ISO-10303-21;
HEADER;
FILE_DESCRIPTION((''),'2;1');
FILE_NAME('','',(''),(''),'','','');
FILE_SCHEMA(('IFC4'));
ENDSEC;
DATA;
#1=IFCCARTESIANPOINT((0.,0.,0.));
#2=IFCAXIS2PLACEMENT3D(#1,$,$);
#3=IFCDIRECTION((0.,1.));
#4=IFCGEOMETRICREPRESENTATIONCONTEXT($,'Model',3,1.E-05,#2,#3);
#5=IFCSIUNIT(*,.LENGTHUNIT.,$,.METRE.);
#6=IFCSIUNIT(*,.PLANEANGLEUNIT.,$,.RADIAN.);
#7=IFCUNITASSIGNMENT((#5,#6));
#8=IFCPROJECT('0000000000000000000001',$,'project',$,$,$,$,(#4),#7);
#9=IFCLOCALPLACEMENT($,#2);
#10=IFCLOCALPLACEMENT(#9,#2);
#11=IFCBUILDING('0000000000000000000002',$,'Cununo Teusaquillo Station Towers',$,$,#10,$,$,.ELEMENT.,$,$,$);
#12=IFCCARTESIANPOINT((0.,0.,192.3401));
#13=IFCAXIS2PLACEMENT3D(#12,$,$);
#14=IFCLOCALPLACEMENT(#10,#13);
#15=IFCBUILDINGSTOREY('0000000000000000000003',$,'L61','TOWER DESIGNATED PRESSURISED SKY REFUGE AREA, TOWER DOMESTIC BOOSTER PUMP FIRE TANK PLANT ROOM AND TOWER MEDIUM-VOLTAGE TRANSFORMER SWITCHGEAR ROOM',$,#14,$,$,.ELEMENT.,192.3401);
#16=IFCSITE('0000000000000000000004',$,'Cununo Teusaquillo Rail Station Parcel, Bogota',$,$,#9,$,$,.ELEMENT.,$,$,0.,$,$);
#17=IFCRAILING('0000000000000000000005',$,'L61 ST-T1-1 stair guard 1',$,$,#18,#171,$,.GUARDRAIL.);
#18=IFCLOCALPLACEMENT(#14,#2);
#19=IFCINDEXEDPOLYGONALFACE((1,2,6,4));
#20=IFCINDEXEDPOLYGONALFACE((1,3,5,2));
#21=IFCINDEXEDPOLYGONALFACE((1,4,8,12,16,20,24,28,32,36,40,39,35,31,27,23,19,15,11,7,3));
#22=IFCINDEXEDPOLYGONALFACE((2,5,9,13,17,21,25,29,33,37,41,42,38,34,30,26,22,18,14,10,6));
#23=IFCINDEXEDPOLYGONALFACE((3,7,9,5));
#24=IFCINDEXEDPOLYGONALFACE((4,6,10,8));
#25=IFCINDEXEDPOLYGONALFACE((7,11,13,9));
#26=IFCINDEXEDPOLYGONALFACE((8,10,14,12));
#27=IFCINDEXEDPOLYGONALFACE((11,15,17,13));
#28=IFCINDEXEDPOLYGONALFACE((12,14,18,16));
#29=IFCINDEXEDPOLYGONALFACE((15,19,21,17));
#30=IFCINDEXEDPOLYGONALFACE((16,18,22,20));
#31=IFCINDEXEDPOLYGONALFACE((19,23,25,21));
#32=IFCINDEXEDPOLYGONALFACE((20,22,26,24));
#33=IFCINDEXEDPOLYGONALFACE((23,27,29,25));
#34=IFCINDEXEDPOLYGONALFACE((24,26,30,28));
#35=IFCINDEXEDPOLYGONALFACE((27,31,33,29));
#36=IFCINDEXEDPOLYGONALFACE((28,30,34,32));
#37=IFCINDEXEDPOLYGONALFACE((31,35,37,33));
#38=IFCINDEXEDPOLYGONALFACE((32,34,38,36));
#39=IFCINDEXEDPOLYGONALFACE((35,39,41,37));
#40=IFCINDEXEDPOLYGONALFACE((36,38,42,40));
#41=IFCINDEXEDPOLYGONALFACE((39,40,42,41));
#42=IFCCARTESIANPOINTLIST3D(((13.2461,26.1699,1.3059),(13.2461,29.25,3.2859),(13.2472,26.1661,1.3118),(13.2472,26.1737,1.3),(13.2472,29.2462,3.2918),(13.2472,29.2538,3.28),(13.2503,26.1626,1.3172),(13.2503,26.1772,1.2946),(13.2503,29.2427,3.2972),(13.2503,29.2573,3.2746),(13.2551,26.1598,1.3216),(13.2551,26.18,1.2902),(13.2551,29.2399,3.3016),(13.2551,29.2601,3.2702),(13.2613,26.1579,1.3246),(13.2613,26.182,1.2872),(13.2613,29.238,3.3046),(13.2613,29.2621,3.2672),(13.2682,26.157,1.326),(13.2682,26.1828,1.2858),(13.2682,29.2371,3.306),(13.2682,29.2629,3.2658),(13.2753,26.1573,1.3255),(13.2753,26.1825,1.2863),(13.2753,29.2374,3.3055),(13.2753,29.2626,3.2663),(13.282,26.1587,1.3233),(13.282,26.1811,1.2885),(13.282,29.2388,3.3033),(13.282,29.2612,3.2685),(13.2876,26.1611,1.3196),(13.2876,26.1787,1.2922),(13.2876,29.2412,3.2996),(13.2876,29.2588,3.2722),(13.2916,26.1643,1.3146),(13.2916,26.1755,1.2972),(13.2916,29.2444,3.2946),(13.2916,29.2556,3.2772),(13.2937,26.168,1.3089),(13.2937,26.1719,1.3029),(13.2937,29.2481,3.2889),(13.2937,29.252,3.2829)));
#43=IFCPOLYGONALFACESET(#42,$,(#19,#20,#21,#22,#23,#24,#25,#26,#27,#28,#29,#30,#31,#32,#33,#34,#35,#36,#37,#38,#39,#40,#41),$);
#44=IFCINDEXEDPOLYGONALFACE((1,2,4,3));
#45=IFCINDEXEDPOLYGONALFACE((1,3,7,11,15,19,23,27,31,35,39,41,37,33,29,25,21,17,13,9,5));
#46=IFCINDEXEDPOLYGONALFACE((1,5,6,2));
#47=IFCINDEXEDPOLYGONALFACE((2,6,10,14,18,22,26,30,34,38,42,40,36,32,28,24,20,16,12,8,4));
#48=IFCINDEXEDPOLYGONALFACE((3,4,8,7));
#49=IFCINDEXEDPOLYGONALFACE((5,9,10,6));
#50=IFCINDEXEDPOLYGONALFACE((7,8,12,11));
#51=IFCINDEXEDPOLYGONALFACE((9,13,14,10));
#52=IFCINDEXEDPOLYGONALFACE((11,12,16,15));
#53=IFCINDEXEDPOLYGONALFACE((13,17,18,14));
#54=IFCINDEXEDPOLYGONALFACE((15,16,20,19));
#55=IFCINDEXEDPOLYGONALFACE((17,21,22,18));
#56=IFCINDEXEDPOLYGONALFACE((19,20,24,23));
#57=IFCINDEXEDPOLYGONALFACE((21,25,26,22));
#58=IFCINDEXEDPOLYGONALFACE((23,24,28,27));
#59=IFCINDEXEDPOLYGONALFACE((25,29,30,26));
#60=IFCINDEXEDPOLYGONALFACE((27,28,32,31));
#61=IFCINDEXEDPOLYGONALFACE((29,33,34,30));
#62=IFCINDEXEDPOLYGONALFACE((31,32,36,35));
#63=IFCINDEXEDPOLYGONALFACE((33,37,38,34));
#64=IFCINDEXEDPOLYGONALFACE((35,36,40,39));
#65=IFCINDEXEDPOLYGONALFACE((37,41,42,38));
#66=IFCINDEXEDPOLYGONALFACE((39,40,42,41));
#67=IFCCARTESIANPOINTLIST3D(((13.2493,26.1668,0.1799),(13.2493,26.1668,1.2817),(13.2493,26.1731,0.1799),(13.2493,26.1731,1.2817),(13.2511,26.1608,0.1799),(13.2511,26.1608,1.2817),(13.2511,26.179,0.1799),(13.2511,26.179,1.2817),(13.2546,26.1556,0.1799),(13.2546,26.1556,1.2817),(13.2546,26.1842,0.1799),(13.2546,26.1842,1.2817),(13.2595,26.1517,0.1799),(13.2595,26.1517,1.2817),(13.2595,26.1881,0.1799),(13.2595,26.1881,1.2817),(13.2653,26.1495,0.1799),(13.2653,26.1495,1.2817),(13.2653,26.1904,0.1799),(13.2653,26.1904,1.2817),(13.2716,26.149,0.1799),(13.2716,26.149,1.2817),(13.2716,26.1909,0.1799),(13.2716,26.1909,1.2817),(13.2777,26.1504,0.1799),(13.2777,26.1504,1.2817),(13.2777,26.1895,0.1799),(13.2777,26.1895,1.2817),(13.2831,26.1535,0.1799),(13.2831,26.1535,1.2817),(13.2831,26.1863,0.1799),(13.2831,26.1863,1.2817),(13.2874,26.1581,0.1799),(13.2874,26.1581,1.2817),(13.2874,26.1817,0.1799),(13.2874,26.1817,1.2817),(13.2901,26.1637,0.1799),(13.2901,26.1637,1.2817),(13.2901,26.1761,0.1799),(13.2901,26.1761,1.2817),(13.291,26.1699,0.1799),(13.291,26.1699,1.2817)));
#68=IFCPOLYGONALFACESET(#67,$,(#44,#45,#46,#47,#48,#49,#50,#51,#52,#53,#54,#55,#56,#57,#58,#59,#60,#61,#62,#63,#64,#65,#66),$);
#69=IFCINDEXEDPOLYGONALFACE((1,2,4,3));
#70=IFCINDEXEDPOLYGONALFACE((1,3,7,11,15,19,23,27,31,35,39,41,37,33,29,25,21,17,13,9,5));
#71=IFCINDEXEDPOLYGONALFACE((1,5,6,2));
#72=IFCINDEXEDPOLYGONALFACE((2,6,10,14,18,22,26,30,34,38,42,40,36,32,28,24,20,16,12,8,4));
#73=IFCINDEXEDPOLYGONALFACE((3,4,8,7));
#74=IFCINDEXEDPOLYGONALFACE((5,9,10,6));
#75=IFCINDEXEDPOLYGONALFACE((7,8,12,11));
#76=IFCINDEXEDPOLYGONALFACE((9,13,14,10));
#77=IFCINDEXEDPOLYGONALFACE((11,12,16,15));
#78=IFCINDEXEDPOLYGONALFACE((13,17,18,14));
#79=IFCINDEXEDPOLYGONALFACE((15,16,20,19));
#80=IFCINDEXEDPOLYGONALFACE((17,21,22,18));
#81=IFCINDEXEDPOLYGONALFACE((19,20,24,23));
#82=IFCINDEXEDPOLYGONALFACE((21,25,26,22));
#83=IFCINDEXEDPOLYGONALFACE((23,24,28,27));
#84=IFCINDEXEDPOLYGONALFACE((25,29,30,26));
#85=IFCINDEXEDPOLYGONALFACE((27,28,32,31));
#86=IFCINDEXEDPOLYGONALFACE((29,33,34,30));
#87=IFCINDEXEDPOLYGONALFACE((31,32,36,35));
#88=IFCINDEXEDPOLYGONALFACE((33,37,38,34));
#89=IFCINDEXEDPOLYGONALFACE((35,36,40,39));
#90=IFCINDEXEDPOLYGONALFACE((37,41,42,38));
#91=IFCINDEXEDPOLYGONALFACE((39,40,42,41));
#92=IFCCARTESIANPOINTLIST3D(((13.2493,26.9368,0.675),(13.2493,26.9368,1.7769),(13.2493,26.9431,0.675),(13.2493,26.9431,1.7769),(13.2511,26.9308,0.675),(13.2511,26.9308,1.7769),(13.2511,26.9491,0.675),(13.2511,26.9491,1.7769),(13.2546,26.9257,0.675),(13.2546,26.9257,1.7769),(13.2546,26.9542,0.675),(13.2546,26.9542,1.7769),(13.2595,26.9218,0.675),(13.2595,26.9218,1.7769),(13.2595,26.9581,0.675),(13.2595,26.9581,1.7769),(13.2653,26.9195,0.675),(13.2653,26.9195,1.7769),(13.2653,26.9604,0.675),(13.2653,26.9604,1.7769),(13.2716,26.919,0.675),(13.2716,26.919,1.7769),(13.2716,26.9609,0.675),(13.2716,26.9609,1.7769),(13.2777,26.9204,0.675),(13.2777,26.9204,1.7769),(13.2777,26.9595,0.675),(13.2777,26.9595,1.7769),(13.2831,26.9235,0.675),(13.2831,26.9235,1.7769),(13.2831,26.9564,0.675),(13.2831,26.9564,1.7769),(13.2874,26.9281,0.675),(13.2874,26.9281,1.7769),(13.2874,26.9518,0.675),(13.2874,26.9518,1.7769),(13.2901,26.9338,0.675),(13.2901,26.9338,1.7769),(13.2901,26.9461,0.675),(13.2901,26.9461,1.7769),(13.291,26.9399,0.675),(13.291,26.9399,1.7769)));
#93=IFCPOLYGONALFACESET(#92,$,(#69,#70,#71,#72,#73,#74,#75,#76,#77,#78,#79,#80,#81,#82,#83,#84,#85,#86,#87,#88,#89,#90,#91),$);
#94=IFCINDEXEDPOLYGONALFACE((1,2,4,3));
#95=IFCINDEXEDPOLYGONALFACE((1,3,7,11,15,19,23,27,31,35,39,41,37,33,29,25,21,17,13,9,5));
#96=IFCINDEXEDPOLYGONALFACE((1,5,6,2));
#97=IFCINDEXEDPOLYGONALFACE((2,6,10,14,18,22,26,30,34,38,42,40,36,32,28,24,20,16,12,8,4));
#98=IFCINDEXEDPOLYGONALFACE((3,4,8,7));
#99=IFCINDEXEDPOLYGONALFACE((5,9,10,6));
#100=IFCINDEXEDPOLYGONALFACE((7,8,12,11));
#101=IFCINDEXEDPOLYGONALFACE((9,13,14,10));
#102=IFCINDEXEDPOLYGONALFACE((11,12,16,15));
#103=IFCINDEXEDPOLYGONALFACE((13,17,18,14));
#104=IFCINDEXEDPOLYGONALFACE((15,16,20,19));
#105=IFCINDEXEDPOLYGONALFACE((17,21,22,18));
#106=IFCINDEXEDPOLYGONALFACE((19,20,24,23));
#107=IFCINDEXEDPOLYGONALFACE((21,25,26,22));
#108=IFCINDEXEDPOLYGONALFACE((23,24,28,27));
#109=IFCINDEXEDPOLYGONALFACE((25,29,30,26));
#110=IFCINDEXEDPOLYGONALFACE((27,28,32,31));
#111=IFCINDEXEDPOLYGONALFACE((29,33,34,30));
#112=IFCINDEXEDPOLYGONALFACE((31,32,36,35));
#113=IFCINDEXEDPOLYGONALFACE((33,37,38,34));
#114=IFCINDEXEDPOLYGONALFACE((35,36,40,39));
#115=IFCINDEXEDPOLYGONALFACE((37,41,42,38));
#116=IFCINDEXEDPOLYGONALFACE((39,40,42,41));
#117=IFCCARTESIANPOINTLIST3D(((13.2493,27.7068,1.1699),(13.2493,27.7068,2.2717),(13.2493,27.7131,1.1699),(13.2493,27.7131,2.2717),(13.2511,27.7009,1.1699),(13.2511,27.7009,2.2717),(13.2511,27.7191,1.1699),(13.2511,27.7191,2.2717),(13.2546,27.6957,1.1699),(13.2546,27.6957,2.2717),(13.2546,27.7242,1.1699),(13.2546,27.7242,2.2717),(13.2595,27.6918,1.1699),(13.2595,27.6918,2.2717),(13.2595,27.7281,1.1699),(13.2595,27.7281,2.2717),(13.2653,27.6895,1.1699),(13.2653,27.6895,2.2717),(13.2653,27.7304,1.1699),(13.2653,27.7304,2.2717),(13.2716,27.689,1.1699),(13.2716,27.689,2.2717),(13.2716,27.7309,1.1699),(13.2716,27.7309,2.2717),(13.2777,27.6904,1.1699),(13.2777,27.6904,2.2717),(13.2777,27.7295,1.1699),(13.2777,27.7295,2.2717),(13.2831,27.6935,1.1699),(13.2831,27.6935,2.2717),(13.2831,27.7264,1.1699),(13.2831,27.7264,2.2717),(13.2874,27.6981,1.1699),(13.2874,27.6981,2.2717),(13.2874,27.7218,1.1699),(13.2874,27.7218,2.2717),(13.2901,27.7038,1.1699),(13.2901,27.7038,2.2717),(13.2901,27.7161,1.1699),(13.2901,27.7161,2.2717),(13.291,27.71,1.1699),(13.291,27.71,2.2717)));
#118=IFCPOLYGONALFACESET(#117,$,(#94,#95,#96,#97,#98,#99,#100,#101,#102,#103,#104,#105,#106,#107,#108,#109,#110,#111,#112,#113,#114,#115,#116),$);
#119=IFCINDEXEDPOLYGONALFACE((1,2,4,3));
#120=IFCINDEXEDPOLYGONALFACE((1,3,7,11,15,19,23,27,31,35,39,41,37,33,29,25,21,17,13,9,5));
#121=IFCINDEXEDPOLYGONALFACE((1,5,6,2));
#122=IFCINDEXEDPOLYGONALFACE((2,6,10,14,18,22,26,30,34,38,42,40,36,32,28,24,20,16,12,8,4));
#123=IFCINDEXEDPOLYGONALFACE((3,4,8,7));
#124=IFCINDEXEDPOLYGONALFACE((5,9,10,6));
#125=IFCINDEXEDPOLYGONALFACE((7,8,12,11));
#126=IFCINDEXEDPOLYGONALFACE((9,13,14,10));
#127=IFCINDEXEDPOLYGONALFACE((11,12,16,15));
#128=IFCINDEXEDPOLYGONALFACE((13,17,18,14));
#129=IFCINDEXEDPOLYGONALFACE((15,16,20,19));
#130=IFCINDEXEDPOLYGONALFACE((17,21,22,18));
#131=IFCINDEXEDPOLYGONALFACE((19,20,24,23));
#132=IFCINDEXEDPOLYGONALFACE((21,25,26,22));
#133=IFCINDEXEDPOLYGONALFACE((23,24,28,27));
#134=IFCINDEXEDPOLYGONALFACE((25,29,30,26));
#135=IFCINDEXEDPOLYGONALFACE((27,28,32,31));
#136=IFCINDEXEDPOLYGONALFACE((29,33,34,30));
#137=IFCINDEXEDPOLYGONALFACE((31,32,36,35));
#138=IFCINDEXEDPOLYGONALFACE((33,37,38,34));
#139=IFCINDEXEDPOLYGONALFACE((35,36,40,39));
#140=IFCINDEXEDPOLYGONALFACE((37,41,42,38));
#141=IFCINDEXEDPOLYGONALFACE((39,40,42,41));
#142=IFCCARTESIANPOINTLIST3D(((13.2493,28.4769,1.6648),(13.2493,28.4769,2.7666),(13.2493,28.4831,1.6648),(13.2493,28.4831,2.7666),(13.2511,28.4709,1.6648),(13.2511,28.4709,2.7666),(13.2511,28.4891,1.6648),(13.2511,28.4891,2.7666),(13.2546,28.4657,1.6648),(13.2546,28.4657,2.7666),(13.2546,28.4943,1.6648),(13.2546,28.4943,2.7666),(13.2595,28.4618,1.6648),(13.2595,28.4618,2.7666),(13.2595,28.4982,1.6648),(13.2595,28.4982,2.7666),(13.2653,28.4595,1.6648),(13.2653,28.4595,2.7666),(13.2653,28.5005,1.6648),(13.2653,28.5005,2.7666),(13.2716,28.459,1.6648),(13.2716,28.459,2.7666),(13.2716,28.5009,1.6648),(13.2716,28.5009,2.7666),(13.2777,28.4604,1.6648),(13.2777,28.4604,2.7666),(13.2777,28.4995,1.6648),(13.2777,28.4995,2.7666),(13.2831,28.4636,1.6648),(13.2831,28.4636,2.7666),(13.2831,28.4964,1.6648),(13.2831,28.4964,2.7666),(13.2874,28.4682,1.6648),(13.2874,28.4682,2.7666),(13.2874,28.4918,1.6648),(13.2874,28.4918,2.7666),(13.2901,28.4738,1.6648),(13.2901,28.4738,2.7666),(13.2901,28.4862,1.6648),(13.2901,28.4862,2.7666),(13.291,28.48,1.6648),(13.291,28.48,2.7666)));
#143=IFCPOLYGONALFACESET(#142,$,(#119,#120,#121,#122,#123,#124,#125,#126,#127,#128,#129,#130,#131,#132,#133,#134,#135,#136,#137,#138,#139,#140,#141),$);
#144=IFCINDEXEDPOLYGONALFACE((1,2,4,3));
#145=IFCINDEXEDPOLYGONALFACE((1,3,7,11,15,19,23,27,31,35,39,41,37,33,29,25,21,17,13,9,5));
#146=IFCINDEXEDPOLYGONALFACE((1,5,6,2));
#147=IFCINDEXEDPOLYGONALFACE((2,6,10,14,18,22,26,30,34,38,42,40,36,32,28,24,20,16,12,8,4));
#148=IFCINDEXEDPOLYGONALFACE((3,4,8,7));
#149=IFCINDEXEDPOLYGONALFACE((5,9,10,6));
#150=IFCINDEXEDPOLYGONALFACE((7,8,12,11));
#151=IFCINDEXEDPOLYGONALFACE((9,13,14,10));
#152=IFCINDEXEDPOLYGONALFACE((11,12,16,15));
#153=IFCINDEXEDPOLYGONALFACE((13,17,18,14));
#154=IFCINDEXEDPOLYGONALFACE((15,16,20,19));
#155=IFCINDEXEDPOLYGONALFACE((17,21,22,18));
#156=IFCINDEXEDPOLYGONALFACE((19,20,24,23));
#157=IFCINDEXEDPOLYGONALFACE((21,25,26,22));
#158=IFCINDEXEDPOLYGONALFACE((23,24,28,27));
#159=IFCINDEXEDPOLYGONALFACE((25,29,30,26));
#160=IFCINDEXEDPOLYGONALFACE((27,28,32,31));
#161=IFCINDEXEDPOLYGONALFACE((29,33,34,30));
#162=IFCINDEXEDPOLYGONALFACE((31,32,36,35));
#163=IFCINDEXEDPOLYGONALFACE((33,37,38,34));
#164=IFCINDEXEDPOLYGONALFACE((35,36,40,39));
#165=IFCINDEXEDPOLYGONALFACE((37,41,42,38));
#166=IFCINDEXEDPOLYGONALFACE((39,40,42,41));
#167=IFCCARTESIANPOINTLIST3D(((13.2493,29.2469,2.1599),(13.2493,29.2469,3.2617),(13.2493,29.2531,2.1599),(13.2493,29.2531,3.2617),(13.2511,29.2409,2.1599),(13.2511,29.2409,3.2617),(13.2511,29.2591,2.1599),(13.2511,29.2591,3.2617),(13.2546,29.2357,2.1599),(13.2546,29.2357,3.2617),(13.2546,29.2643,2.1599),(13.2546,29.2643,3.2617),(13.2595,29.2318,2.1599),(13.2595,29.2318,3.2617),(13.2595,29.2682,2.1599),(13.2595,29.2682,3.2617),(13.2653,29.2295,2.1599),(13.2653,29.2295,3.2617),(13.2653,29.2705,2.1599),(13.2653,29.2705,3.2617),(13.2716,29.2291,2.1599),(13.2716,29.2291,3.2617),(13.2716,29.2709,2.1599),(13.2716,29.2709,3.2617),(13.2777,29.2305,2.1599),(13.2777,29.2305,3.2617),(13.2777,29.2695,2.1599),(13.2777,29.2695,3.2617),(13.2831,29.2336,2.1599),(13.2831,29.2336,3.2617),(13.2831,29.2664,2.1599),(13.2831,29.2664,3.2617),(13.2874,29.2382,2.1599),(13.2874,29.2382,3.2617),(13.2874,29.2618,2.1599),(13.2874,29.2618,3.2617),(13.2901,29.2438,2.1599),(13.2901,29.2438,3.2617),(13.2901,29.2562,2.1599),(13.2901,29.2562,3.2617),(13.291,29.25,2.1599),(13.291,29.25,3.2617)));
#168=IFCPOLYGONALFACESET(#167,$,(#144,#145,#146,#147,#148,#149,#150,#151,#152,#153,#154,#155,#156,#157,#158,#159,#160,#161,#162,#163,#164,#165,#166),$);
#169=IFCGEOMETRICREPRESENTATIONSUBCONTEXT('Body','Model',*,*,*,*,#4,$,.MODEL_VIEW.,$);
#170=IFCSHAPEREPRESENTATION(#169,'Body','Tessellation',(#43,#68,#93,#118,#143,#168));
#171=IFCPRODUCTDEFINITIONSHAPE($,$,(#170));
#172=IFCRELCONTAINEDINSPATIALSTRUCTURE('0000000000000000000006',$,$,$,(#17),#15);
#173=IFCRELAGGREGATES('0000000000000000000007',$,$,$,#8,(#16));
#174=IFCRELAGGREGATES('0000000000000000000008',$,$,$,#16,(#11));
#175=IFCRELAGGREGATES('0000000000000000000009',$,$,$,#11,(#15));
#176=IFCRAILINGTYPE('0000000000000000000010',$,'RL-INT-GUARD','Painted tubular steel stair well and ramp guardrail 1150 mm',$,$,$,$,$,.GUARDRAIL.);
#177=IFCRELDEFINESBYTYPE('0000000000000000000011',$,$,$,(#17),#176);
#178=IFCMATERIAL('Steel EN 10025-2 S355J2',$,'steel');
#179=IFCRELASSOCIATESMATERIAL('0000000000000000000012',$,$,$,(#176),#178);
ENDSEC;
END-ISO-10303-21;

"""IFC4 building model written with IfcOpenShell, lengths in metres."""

from ifc_helpers import new_model, si_unit, direction, frame, origin, origin_2d, place, context, subcontext, project, spatial, circle, extrude, material, type_object, element, save


model = new_model("IFC4")

# Units and contexts
model_context = context("Model", 3, precision=1e-05, world=origin(), true_north=direction((0.0, 1.0)))
body_context = subcontext(model_context, "Body", "Model", "MODEL_VIEW")
ifc_project = project(units=[si_unit("LENGTHUNIT", "METRE"), si_unit("PLANEANGLEUNIT", "RADIAN")], contexts=[model_context])

# Site, building, storey
site_placement = place(None, origin())
site = spatial("IfcSite", under=ifc_project, at=site_placement, Name="Cununo Teusaquillo Rail Station Parcel, Bogota", CompositionType="ELEMENT", RefElevation=0.0)
building_placement = place(site_placement, origin())
building = spatial("IfcBuilding", under=site, at=building_placement, Name="Cununo Teusaquillo Station Towers", CompositionType="ELEMENT")
storey_placement = place(building_placement, frame((0.0, 0.0, 192.3401)))
storey = spatial("IfcBuildingStorey", under=building, at=storey_placement, Name="L61", Description="TOWER DESIGNATED PRESSURISED SKY REFUGE AREA, TOWER DOMESTIC BOOSTER PUMP FIRE TANK PLANT ROOM AND TOWER MEDIUM-VOLTAGE TRANSFORMER SWITCHGEAR ROOM", CompositionType="ELEMENT", Elevation=192.3401)

# Railing
ifc_material_1 = material(Name="Steel EN 10025-2 S355J2", Category="steel")
railing_type_1 = type_object("IfcRailingType", Name="RL-INT-GUARD", Description="Painted tubular steel stair well and ramp guardrail 1150 mm", PredefinedType="GUARDRAIL", material=ifc_material_1)
railing_1_placement = place(storey_placement, frame((13.27, 26.1699, 0.1799)))
element("IfcRailing", 1, at=railing_1_placement, inside=storey, type_object=railing_type_1, Name="L61 ST-T1-1 stair guard 1", PredefinedType="GUARDRAIL", context=body_context, shape_type="SweptSolid", body=[
    extrude(circle(Radius=0.0239, at=origin_2d()), frame((0.0, 0.0, 1.126), z_axis=(0.0, 0.841187, 0.540744), x_axis=(-1.0, 0.0, 0.0)), (0.0, 0.0, 1.0), 3.6616),
    extrude(circle(Radius=0.021, at=origin_2d()), origin(), (0.0, 0.0, 1.0), 1.1018),
    extrude(circle(Radius=0.021, at=origin_2d()), frame((0.0, 0.77, 0.4951)), (0.0, 0.0, 1.0), 1.1018),
    extrude(circle(Radius=0.021, at=origin_2d()), frame((0.0, 1.54, 0.99)), (0.0, 0.0, 1.0), 1.1018),
    extrude(circle(Radius=0.021, at=origin_2d()), frame((0.0, 2.3101, 1.4849)), (0.0, 0.0, 1.0), 1.1018),
    extrude(circle(Radius=0.021, at=origin_2d()), frame((0.0, 3.0801, 1.98)), (0.0, 0.0, 1.0), 1.1018),
])

save(model, "model.ifc")
